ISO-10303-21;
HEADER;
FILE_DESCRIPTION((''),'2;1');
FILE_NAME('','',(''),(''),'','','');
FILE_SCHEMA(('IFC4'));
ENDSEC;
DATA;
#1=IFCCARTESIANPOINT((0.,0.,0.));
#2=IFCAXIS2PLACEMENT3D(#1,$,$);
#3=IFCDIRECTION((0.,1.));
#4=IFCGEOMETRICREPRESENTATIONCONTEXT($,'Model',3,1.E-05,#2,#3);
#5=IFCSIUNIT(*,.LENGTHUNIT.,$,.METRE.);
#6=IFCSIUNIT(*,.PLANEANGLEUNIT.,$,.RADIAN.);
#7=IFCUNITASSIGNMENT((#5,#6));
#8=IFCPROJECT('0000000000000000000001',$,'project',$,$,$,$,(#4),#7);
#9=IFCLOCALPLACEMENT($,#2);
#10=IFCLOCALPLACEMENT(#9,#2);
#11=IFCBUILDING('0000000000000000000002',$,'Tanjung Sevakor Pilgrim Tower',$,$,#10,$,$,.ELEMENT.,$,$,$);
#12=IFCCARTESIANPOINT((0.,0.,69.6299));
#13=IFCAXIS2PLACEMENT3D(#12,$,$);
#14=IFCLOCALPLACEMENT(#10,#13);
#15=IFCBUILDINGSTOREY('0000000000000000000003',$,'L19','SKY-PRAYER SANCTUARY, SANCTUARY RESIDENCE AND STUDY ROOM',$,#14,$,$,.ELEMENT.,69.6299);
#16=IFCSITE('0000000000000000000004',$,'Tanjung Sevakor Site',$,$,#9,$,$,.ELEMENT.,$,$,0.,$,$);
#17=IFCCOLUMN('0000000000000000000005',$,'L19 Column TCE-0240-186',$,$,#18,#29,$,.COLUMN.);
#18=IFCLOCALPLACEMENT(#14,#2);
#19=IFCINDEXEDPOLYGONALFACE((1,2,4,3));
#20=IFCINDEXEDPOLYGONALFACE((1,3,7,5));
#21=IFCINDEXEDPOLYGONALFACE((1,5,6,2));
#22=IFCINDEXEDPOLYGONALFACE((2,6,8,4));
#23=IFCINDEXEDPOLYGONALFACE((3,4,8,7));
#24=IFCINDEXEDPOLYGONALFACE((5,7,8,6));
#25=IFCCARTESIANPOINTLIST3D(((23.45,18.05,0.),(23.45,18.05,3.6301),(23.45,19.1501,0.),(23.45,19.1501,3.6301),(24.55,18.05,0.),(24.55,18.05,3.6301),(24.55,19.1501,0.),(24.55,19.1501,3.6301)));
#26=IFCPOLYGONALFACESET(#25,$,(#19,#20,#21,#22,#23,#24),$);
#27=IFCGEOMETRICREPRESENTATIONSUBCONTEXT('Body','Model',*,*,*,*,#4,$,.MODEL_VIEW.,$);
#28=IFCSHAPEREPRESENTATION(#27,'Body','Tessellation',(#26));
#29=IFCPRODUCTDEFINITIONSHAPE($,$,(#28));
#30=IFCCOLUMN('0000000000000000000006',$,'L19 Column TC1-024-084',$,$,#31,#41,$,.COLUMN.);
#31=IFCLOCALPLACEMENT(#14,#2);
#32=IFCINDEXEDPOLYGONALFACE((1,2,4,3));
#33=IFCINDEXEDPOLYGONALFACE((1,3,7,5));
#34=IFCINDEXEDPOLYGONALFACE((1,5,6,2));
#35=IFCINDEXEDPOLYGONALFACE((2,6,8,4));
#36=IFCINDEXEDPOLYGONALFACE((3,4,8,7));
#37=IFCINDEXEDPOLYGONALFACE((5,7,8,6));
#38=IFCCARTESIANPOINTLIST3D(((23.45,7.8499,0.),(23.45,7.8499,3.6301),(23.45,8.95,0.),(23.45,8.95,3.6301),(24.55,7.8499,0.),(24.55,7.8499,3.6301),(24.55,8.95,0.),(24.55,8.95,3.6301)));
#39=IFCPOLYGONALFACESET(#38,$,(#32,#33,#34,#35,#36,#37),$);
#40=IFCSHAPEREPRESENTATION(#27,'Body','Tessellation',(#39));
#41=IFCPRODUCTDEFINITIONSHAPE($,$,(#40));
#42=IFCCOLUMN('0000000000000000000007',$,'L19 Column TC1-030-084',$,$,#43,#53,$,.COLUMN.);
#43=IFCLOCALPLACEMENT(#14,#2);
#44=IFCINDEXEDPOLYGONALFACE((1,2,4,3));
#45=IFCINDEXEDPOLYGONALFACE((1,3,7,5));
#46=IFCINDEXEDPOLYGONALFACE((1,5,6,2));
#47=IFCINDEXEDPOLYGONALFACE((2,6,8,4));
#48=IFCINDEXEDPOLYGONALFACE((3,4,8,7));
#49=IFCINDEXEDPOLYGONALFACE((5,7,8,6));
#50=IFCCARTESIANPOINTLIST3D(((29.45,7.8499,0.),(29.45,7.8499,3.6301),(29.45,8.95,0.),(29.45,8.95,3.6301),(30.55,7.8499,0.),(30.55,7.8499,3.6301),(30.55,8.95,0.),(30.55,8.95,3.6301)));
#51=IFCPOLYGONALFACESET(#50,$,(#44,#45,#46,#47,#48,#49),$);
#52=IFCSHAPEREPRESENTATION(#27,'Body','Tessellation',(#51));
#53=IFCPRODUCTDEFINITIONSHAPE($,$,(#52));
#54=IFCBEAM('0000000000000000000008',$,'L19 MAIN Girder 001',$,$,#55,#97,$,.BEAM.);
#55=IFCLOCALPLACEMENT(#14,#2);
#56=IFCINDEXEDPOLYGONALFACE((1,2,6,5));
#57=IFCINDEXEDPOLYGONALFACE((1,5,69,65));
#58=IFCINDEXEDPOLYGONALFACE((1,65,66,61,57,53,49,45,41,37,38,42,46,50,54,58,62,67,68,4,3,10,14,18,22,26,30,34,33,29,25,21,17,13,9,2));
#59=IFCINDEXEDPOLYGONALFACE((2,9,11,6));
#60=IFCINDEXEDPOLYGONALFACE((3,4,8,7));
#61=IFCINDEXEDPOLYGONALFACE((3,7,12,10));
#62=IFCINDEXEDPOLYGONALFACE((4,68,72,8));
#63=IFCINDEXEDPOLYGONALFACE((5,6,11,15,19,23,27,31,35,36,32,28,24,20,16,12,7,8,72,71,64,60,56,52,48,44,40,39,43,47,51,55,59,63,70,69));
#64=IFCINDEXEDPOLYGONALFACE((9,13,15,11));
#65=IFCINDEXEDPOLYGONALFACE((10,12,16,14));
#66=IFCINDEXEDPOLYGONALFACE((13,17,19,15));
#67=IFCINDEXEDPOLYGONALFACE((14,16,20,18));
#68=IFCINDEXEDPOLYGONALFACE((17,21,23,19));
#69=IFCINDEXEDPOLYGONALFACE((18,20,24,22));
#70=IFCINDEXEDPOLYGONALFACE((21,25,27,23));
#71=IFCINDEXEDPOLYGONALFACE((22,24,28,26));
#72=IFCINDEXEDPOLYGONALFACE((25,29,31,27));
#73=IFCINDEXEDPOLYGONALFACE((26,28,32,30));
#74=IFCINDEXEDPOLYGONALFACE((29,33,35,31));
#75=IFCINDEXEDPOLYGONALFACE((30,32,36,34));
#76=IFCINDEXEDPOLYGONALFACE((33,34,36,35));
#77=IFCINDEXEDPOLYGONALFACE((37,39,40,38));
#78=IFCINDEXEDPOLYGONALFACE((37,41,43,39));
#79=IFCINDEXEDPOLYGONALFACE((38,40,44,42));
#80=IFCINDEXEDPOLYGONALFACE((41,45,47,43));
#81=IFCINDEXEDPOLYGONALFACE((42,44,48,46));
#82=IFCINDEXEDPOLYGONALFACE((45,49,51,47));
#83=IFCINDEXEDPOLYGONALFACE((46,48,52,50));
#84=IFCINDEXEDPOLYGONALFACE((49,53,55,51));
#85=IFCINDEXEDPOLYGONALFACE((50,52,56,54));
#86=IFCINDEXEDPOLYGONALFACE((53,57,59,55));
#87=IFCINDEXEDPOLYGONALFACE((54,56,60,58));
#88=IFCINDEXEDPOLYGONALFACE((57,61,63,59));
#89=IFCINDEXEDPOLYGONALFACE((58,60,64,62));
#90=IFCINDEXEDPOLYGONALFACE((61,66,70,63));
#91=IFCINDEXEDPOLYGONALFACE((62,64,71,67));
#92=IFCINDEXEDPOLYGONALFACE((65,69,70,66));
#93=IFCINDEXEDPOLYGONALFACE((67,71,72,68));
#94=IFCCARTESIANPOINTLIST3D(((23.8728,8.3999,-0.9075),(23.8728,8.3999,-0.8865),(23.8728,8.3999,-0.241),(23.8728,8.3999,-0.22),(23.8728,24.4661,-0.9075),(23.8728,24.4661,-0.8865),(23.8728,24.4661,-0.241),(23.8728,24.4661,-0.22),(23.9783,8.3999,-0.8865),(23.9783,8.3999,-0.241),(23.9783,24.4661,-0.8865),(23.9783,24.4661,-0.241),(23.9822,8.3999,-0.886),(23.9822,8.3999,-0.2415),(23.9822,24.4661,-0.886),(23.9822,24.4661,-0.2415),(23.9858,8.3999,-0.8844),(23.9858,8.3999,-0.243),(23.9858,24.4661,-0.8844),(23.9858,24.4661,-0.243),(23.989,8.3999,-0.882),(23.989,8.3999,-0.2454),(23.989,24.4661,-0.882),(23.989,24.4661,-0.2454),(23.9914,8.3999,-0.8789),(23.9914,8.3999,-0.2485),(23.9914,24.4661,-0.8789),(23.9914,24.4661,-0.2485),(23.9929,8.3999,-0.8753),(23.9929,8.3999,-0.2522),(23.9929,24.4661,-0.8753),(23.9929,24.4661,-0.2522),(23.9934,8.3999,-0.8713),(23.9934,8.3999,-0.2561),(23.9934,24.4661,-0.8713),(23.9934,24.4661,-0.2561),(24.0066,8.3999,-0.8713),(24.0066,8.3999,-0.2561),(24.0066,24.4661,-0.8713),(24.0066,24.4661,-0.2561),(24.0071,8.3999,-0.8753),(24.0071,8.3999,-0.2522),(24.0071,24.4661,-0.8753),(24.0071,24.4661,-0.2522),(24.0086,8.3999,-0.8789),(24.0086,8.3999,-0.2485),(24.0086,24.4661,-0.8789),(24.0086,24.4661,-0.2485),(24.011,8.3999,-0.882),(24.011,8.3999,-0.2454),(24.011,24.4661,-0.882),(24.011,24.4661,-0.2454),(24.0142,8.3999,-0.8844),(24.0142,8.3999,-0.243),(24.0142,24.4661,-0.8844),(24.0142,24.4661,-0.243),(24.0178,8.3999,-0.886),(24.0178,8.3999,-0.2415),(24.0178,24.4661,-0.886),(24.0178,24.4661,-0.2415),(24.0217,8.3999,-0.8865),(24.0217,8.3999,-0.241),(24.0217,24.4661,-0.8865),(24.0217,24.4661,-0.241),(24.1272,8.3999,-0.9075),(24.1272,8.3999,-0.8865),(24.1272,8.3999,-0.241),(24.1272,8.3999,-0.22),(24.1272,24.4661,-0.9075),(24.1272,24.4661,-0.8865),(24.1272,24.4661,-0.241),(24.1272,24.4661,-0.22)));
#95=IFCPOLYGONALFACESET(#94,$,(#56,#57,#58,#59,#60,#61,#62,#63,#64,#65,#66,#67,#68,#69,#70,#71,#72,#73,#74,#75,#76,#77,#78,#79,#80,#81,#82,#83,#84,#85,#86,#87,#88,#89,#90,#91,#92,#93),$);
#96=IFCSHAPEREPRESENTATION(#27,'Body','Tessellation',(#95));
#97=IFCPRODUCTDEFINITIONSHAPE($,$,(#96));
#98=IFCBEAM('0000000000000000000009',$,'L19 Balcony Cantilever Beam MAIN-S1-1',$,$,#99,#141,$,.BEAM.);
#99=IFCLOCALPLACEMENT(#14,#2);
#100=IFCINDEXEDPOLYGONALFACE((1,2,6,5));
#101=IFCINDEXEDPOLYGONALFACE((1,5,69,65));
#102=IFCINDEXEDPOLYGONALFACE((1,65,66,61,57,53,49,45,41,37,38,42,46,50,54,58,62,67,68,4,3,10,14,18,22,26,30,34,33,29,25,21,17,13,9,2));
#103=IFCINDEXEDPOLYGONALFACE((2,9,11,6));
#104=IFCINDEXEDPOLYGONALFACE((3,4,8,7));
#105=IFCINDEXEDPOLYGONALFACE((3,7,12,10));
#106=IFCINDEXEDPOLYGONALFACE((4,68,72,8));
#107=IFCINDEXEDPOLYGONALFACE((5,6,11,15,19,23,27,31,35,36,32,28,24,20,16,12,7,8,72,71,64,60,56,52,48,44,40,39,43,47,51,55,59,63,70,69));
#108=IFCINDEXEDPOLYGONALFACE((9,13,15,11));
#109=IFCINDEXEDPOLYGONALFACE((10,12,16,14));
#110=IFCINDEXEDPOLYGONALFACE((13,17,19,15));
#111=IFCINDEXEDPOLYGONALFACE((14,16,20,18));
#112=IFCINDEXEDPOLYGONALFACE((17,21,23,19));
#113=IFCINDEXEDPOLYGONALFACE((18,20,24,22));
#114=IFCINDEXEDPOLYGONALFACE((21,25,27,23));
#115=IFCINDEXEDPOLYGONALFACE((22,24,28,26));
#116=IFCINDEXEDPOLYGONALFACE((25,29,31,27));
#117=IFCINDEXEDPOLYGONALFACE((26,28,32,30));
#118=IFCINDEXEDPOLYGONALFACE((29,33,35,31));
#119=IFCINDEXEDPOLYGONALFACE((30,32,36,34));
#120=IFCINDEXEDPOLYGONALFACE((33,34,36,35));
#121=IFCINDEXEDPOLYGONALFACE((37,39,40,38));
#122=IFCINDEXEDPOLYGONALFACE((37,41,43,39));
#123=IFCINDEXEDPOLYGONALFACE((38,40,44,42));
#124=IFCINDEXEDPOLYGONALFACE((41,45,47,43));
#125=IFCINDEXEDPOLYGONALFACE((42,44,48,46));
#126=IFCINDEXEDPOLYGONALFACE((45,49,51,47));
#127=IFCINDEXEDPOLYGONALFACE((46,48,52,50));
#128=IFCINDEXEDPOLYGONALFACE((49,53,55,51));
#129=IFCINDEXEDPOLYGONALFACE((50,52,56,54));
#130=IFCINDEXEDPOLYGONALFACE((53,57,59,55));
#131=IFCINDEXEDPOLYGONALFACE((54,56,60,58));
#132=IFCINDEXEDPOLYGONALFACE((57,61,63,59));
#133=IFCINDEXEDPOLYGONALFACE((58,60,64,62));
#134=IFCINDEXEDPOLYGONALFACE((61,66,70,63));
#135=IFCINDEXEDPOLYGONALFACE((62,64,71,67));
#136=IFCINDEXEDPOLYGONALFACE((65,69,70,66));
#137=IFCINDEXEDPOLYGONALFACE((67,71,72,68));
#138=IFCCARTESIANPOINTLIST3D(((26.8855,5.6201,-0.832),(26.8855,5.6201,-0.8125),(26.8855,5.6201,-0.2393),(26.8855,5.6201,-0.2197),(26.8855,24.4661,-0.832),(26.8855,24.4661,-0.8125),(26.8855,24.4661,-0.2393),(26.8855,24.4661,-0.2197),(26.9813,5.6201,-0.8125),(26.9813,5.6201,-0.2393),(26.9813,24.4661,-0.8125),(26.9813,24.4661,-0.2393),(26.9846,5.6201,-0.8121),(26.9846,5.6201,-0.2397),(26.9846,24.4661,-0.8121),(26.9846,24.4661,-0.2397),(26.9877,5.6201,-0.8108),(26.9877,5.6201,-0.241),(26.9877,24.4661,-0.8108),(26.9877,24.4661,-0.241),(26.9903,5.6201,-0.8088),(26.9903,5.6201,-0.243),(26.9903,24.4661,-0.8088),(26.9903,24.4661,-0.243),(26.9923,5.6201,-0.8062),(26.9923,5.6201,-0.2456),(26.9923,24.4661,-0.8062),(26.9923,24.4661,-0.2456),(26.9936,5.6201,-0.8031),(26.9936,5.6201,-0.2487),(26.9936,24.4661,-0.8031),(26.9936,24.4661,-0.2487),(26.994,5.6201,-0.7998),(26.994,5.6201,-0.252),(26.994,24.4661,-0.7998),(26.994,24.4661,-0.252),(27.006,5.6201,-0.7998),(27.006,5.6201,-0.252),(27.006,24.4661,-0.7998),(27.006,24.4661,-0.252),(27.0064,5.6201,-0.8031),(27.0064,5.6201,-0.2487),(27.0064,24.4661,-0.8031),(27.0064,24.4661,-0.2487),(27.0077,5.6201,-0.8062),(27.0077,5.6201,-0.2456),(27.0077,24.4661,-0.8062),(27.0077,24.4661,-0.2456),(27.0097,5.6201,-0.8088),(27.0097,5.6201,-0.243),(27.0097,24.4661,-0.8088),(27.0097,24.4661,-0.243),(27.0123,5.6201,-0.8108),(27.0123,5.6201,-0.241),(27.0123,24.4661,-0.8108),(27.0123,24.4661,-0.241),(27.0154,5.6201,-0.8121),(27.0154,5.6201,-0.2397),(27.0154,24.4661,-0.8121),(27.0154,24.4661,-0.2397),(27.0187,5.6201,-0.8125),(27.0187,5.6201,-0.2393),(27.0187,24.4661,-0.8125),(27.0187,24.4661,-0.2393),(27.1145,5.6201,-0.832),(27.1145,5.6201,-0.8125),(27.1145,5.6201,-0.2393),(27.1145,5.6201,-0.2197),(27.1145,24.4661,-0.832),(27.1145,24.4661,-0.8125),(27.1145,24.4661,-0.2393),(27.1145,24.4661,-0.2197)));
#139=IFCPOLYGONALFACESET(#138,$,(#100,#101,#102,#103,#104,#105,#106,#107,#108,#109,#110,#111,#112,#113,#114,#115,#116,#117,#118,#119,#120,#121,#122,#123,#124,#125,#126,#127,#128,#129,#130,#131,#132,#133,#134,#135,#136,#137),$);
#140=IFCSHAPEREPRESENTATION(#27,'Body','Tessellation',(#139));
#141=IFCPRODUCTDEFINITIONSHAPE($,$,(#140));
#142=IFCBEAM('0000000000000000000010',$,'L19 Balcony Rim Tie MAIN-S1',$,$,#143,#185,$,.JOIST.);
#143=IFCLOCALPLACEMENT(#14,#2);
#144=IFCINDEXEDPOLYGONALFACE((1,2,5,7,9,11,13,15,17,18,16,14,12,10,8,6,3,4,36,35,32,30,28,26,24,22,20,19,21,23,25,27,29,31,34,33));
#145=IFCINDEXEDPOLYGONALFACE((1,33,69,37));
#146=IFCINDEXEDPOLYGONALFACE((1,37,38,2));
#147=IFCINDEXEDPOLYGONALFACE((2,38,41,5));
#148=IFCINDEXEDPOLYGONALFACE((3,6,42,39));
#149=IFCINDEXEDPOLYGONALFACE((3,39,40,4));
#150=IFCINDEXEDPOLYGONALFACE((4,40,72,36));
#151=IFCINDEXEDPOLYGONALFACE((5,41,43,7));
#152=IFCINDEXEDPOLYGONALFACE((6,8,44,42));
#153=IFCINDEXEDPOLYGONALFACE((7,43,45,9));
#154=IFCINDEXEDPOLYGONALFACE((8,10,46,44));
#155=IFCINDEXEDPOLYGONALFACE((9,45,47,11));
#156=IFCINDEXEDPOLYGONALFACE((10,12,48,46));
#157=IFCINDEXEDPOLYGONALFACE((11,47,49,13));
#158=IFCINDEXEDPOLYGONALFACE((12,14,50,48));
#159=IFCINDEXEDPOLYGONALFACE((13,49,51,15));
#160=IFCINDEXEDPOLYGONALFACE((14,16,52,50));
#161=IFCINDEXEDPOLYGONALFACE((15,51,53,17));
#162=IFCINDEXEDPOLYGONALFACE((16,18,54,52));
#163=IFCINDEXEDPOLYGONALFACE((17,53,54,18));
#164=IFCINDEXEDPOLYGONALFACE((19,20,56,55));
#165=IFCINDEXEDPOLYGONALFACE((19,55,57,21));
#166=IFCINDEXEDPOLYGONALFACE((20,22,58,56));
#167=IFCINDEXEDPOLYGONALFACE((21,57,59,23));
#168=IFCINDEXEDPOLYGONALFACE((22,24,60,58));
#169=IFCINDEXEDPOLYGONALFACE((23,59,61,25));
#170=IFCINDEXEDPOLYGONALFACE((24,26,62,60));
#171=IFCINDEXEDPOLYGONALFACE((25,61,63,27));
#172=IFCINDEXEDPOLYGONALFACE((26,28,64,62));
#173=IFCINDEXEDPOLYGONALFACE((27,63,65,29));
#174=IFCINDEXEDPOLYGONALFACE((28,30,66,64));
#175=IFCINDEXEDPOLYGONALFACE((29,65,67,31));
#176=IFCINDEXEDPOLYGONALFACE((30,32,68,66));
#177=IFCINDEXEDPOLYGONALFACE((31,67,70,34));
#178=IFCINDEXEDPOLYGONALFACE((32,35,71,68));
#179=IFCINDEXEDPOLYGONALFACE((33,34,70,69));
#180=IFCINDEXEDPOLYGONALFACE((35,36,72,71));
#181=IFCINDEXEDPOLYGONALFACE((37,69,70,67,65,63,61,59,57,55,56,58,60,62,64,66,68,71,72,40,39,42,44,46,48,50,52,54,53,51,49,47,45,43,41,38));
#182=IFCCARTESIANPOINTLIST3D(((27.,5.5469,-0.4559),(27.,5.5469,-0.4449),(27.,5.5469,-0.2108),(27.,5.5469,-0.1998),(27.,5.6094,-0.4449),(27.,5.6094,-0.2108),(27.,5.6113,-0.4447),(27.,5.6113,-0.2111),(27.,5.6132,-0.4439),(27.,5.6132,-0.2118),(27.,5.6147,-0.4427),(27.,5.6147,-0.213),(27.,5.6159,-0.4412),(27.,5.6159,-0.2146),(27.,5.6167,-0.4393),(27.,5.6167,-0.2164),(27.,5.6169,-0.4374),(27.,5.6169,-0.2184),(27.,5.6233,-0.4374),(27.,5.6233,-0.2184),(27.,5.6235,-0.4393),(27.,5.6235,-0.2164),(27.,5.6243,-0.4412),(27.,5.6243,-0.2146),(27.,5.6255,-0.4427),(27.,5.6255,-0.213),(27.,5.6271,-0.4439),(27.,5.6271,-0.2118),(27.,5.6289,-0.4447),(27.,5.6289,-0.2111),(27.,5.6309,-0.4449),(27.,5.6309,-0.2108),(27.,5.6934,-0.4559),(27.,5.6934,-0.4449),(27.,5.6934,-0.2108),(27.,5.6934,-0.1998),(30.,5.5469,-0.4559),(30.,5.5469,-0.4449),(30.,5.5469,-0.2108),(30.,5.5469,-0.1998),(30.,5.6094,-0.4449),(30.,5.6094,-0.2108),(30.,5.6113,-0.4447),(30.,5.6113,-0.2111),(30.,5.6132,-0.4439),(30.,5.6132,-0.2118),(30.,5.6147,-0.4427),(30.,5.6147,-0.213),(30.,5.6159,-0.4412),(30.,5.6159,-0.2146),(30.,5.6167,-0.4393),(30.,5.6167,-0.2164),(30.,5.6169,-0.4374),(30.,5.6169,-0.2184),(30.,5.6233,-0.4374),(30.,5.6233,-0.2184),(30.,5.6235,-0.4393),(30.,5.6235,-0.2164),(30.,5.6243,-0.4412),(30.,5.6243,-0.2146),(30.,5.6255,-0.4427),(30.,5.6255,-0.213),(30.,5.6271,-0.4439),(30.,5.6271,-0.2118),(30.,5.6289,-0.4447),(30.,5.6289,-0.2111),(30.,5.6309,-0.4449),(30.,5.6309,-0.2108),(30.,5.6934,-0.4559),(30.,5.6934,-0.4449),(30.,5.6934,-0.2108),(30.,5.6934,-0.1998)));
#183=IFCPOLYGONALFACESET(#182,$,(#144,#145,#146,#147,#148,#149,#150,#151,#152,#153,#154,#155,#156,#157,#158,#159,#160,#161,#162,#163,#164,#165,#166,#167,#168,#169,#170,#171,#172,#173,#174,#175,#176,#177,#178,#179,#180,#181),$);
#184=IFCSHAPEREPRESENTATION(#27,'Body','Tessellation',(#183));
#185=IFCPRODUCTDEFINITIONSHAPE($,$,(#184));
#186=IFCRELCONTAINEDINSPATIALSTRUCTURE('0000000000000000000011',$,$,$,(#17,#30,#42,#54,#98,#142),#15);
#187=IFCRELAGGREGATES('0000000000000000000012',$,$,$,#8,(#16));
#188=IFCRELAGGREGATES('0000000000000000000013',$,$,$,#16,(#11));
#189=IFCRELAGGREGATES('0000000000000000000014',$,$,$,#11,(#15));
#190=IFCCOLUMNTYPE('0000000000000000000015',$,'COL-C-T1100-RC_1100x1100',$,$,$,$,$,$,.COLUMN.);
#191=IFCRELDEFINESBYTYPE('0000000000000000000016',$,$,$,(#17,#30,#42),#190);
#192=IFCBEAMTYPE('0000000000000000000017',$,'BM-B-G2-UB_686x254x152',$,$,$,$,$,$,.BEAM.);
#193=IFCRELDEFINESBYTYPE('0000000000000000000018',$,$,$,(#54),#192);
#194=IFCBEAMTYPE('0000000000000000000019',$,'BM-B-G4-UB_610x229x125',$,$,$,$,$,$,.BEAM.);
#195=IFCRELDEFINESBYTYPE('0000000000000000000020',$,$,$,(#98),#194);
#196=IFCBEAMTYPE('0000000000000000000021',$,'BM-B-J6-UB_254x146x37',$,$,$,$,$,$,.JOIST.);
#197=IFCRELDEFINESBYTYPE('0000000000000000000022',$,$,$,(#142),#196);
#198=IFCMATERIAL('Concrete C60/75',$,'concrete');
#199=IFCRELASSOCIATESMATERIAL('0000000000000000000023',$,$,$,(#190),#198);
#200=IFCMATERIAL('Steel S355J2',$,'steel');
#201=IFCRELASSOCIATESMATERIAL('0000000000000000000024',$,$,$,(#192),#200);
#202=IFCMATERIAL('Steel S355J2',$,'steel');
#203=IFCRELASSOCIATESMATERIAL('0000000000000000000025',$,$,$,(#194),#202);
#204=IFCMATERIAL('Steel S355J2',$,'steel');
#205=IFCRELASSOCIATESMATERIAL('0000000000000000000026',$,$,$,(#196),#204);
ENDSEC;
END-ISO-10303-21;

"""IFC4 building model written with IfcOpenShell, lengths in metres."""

from ifc_helpers import new_model, si_unit, direction, frame, origin, origin_2d, place, context, subcontext, project, spatial, rectangle, i_section, extrude, material, material_profile, profile_set, type_object, element, save


model = new_model("IFC4")

# Units and contexts
model_context = context("Model", 3, precision=1e-05, world=origin(), true_north=direction((0.0, 1.0)))
body_context = subcontext(model_context, "Body", "Model", "MODEL_VIEW")
ifc_project = project(units=[si_unit("LENGTHUNIT", "METRE"), si_unit("PLANEANGLEUNIT", "RADIAN")], contexts=[model_context])

# Site, building, storey
site_placement = place(None, origin())
site = spatial("IfcSite", under=ifc_project, at=site_placement, Name="Tanjung Sevakor Site", CompositionType="ELEMENT", RefElevation=0.0)
building_placement = place(site_placement, origin())
building = spatial("IfcBuilding", under=site, at=building_placement, Name="Tanjung Sevakor Pilgrim Tower", CompositionType="ELEMENT")
storey_placement = place(building_placement, frame((0.0, 0.0, 69.6299)))
storey = spatial("IfcBuildingStorey", under=building, at=storey_placement, Name="L19", Description="SKY-PRAYER SANCTUARY, SANCTUARY RESIDENCE AND STUDY ROOM", CompositionType="ELEMENT", Elevation=69.6299)

# Columns
ifc_material_1 = material(Name="Concrete C60/75", Category="concrete")
ifc_material_profile_1 = material_profile(ifc_material_1, rectangle(XDim=1.1001, YDim=1.1001, at=origin_2d()))
ifc_profile_set_1 = profile_set([ifc_material_profile_1], Name="Concrete C60/75")
column_type = type_object("IfcColumnType", Name="COL-C-T1100-RC_1100x1100", PredefinedType="COLUMN", material=ifc_profile_set_1)
for number, where, z_axis, x_axis, name in (
    (1, (24.0, 18.6001, 0.0), (0.0, 0.0, 1.0), (1.0, 0.0, 0.0), "L19 Column TCE-0240-186"),
    (2, (24.0, 8.3999, 0.0), (0.0, 0.0, 1.0), (1.0, 0.0, 0.0), "L19 Column TC1-024-084"),
    (3, (30.0, 8.3999, 0.0), (0.0, 0.0, 1.0), (1.0, 0.0, 0.0), "L19 Column TC1-030-084"),
):
    element("IfcColumn", number, at=place(storey_placement, frame(where, z_axis=z_axis, x_axis=x_axis)), inside=storey, type_object=column_type, Name=name, PredefinedType="COLUMN", context=body_context, shape_type="SweptSolid", body=[
        extrude(rectangle(XDim=1.1001, YDim=1.1001, at=origin_2d()), origin(), (0.0, 0.0, 1.0), 3.6301),
    ])

# Beams
ifc_material_2 = material(Name="Steel S355J2", Category="steel")
ifc_material_profile_2 = material_profile(ifc_material_2, i_section(OverallWidth=0.2544, OverallDepth=0.6875, WebThickness=0.0132, FlangeThickness=0.021, FilletRadius=0.0151, at=origin_2d()))
ifc_profile_set_2 = profile_set([ifc_material_profile_2], Name="Steel S355J2")
beam_type_1 = type_object("IfcBeamType", Name="BM-B-G2-UB_686x254x152", PredefinedType="BEAM", material=ifc_profile_set_2)
beam_1_placement = place(storey_placement, frame((24.0, 8.3999, -0.5637), z_axis=(0.0, 1.0, 0.0), x_axis=(-1.0, 0.0, 0.0)))
element("IfcBeam", 4, at=beam_1_placement, inside=storey, type_object=beam_type_1, Name="L19 MAIN Girder 001", PredefinedType="BEAM", context=body_context, shape_type="SweptSolid", body=[
    extrude(i_section(OverallWidth=0.2544, OverallDepth=0.6875, WebThickness=0.0132, FlangeThickness=0.021, FilletRadius=0.0151, at=origin_2d()), origin(), (0.0, 0.0, 1.0), 16.0662),
])
ifc_material_3 = material(Name="Steel S355J2", Category="steel")
ifc_material_profile_3 = material_profile(ifc_material_3, i_section(OverallWidth=0.229, OverallDepth=0.6123, WebThickness=0.012, FlangeThickness=0.0195, FilletRadius=0.0127, at=origin_2d()))
ifc_profile_set_3 = profile_set([ifc_material_profile_3], Name="Steel S355J2")
beam_type_2 = type_object("IfcBeamType", Name="BM-B-G4-UB_610x229x125", PredefinedType="BEAM", material=ifc_profile_set_3)
beam_2_placement = place(storey_placement, frame((27.0, 24.4661, -0.5259), z_axis=(0.0, -1.0, 0.0), x_axis=(1.0, 0.0, 0.0)))
element("IfcBeam", 5, at=beam_2_placement, inside=storey, type_object=beam_type_2, Name="L19 Balcony Cantilever Beam MAIN-S1-1", PredefinedType="BEAM", context=body_context, shape_type="SweptSolid", body=[
    extrude(i_section(OverallWidth=0.229, OverallDepth=0.6123, WebThickness=0.012, FlangeThickness=0.0195, FilletRadius=0.0127, at=origin_2d()), origin(), (0.0, 0.0, 1.0), 18.8459),
])
ifc_material_4 = material(Name="Steel S355J2", Category="steel")
ifc_material_profile_4 = material_profile(ifc_material_4, i_section(OverallWidth=0.1465, OverallDepth=0.2561, WebThickness=0.0063, FlangeThickness=0.011, FilletRadius=0.0076, at=origin_2d()))
ifc_profile_set_4 = profile_set([ifc_material_profile_4], Name="Steel S355J2")
beam_type_3 = type_object("IfcBeamType", Name="BM-B-J6-UB_254x146x37", PredefinedType="JOIST", material=ifc_profile_set_4)
beam_3_placement = place(storey_placement, frame((27.0, 5.6201, -0.3279), z_axis=(1.0, 0.0, 0.0), x_axis=(0.0, 1.0, 0.0)))
element("IfcBeam", 6, at=beam_3_placement, inside=storey, type_object=beam_type_3, Name="L19 Balcony Rim Tie MAIN-S1", PredefinedType="JOIST", context=body_context, shape_type="SweptSolid", body=[
    extrude(i_section(OverallWidth=0.1465, OverallDepth=0.2561, WebThickness=0.0063, FlangeThickness=0.011, FilletRadius=0.0076, at=origin_2d()), origin(), (0.0, 0.0, 1.0), 3.0),
])

save(model, "model.ifc")
